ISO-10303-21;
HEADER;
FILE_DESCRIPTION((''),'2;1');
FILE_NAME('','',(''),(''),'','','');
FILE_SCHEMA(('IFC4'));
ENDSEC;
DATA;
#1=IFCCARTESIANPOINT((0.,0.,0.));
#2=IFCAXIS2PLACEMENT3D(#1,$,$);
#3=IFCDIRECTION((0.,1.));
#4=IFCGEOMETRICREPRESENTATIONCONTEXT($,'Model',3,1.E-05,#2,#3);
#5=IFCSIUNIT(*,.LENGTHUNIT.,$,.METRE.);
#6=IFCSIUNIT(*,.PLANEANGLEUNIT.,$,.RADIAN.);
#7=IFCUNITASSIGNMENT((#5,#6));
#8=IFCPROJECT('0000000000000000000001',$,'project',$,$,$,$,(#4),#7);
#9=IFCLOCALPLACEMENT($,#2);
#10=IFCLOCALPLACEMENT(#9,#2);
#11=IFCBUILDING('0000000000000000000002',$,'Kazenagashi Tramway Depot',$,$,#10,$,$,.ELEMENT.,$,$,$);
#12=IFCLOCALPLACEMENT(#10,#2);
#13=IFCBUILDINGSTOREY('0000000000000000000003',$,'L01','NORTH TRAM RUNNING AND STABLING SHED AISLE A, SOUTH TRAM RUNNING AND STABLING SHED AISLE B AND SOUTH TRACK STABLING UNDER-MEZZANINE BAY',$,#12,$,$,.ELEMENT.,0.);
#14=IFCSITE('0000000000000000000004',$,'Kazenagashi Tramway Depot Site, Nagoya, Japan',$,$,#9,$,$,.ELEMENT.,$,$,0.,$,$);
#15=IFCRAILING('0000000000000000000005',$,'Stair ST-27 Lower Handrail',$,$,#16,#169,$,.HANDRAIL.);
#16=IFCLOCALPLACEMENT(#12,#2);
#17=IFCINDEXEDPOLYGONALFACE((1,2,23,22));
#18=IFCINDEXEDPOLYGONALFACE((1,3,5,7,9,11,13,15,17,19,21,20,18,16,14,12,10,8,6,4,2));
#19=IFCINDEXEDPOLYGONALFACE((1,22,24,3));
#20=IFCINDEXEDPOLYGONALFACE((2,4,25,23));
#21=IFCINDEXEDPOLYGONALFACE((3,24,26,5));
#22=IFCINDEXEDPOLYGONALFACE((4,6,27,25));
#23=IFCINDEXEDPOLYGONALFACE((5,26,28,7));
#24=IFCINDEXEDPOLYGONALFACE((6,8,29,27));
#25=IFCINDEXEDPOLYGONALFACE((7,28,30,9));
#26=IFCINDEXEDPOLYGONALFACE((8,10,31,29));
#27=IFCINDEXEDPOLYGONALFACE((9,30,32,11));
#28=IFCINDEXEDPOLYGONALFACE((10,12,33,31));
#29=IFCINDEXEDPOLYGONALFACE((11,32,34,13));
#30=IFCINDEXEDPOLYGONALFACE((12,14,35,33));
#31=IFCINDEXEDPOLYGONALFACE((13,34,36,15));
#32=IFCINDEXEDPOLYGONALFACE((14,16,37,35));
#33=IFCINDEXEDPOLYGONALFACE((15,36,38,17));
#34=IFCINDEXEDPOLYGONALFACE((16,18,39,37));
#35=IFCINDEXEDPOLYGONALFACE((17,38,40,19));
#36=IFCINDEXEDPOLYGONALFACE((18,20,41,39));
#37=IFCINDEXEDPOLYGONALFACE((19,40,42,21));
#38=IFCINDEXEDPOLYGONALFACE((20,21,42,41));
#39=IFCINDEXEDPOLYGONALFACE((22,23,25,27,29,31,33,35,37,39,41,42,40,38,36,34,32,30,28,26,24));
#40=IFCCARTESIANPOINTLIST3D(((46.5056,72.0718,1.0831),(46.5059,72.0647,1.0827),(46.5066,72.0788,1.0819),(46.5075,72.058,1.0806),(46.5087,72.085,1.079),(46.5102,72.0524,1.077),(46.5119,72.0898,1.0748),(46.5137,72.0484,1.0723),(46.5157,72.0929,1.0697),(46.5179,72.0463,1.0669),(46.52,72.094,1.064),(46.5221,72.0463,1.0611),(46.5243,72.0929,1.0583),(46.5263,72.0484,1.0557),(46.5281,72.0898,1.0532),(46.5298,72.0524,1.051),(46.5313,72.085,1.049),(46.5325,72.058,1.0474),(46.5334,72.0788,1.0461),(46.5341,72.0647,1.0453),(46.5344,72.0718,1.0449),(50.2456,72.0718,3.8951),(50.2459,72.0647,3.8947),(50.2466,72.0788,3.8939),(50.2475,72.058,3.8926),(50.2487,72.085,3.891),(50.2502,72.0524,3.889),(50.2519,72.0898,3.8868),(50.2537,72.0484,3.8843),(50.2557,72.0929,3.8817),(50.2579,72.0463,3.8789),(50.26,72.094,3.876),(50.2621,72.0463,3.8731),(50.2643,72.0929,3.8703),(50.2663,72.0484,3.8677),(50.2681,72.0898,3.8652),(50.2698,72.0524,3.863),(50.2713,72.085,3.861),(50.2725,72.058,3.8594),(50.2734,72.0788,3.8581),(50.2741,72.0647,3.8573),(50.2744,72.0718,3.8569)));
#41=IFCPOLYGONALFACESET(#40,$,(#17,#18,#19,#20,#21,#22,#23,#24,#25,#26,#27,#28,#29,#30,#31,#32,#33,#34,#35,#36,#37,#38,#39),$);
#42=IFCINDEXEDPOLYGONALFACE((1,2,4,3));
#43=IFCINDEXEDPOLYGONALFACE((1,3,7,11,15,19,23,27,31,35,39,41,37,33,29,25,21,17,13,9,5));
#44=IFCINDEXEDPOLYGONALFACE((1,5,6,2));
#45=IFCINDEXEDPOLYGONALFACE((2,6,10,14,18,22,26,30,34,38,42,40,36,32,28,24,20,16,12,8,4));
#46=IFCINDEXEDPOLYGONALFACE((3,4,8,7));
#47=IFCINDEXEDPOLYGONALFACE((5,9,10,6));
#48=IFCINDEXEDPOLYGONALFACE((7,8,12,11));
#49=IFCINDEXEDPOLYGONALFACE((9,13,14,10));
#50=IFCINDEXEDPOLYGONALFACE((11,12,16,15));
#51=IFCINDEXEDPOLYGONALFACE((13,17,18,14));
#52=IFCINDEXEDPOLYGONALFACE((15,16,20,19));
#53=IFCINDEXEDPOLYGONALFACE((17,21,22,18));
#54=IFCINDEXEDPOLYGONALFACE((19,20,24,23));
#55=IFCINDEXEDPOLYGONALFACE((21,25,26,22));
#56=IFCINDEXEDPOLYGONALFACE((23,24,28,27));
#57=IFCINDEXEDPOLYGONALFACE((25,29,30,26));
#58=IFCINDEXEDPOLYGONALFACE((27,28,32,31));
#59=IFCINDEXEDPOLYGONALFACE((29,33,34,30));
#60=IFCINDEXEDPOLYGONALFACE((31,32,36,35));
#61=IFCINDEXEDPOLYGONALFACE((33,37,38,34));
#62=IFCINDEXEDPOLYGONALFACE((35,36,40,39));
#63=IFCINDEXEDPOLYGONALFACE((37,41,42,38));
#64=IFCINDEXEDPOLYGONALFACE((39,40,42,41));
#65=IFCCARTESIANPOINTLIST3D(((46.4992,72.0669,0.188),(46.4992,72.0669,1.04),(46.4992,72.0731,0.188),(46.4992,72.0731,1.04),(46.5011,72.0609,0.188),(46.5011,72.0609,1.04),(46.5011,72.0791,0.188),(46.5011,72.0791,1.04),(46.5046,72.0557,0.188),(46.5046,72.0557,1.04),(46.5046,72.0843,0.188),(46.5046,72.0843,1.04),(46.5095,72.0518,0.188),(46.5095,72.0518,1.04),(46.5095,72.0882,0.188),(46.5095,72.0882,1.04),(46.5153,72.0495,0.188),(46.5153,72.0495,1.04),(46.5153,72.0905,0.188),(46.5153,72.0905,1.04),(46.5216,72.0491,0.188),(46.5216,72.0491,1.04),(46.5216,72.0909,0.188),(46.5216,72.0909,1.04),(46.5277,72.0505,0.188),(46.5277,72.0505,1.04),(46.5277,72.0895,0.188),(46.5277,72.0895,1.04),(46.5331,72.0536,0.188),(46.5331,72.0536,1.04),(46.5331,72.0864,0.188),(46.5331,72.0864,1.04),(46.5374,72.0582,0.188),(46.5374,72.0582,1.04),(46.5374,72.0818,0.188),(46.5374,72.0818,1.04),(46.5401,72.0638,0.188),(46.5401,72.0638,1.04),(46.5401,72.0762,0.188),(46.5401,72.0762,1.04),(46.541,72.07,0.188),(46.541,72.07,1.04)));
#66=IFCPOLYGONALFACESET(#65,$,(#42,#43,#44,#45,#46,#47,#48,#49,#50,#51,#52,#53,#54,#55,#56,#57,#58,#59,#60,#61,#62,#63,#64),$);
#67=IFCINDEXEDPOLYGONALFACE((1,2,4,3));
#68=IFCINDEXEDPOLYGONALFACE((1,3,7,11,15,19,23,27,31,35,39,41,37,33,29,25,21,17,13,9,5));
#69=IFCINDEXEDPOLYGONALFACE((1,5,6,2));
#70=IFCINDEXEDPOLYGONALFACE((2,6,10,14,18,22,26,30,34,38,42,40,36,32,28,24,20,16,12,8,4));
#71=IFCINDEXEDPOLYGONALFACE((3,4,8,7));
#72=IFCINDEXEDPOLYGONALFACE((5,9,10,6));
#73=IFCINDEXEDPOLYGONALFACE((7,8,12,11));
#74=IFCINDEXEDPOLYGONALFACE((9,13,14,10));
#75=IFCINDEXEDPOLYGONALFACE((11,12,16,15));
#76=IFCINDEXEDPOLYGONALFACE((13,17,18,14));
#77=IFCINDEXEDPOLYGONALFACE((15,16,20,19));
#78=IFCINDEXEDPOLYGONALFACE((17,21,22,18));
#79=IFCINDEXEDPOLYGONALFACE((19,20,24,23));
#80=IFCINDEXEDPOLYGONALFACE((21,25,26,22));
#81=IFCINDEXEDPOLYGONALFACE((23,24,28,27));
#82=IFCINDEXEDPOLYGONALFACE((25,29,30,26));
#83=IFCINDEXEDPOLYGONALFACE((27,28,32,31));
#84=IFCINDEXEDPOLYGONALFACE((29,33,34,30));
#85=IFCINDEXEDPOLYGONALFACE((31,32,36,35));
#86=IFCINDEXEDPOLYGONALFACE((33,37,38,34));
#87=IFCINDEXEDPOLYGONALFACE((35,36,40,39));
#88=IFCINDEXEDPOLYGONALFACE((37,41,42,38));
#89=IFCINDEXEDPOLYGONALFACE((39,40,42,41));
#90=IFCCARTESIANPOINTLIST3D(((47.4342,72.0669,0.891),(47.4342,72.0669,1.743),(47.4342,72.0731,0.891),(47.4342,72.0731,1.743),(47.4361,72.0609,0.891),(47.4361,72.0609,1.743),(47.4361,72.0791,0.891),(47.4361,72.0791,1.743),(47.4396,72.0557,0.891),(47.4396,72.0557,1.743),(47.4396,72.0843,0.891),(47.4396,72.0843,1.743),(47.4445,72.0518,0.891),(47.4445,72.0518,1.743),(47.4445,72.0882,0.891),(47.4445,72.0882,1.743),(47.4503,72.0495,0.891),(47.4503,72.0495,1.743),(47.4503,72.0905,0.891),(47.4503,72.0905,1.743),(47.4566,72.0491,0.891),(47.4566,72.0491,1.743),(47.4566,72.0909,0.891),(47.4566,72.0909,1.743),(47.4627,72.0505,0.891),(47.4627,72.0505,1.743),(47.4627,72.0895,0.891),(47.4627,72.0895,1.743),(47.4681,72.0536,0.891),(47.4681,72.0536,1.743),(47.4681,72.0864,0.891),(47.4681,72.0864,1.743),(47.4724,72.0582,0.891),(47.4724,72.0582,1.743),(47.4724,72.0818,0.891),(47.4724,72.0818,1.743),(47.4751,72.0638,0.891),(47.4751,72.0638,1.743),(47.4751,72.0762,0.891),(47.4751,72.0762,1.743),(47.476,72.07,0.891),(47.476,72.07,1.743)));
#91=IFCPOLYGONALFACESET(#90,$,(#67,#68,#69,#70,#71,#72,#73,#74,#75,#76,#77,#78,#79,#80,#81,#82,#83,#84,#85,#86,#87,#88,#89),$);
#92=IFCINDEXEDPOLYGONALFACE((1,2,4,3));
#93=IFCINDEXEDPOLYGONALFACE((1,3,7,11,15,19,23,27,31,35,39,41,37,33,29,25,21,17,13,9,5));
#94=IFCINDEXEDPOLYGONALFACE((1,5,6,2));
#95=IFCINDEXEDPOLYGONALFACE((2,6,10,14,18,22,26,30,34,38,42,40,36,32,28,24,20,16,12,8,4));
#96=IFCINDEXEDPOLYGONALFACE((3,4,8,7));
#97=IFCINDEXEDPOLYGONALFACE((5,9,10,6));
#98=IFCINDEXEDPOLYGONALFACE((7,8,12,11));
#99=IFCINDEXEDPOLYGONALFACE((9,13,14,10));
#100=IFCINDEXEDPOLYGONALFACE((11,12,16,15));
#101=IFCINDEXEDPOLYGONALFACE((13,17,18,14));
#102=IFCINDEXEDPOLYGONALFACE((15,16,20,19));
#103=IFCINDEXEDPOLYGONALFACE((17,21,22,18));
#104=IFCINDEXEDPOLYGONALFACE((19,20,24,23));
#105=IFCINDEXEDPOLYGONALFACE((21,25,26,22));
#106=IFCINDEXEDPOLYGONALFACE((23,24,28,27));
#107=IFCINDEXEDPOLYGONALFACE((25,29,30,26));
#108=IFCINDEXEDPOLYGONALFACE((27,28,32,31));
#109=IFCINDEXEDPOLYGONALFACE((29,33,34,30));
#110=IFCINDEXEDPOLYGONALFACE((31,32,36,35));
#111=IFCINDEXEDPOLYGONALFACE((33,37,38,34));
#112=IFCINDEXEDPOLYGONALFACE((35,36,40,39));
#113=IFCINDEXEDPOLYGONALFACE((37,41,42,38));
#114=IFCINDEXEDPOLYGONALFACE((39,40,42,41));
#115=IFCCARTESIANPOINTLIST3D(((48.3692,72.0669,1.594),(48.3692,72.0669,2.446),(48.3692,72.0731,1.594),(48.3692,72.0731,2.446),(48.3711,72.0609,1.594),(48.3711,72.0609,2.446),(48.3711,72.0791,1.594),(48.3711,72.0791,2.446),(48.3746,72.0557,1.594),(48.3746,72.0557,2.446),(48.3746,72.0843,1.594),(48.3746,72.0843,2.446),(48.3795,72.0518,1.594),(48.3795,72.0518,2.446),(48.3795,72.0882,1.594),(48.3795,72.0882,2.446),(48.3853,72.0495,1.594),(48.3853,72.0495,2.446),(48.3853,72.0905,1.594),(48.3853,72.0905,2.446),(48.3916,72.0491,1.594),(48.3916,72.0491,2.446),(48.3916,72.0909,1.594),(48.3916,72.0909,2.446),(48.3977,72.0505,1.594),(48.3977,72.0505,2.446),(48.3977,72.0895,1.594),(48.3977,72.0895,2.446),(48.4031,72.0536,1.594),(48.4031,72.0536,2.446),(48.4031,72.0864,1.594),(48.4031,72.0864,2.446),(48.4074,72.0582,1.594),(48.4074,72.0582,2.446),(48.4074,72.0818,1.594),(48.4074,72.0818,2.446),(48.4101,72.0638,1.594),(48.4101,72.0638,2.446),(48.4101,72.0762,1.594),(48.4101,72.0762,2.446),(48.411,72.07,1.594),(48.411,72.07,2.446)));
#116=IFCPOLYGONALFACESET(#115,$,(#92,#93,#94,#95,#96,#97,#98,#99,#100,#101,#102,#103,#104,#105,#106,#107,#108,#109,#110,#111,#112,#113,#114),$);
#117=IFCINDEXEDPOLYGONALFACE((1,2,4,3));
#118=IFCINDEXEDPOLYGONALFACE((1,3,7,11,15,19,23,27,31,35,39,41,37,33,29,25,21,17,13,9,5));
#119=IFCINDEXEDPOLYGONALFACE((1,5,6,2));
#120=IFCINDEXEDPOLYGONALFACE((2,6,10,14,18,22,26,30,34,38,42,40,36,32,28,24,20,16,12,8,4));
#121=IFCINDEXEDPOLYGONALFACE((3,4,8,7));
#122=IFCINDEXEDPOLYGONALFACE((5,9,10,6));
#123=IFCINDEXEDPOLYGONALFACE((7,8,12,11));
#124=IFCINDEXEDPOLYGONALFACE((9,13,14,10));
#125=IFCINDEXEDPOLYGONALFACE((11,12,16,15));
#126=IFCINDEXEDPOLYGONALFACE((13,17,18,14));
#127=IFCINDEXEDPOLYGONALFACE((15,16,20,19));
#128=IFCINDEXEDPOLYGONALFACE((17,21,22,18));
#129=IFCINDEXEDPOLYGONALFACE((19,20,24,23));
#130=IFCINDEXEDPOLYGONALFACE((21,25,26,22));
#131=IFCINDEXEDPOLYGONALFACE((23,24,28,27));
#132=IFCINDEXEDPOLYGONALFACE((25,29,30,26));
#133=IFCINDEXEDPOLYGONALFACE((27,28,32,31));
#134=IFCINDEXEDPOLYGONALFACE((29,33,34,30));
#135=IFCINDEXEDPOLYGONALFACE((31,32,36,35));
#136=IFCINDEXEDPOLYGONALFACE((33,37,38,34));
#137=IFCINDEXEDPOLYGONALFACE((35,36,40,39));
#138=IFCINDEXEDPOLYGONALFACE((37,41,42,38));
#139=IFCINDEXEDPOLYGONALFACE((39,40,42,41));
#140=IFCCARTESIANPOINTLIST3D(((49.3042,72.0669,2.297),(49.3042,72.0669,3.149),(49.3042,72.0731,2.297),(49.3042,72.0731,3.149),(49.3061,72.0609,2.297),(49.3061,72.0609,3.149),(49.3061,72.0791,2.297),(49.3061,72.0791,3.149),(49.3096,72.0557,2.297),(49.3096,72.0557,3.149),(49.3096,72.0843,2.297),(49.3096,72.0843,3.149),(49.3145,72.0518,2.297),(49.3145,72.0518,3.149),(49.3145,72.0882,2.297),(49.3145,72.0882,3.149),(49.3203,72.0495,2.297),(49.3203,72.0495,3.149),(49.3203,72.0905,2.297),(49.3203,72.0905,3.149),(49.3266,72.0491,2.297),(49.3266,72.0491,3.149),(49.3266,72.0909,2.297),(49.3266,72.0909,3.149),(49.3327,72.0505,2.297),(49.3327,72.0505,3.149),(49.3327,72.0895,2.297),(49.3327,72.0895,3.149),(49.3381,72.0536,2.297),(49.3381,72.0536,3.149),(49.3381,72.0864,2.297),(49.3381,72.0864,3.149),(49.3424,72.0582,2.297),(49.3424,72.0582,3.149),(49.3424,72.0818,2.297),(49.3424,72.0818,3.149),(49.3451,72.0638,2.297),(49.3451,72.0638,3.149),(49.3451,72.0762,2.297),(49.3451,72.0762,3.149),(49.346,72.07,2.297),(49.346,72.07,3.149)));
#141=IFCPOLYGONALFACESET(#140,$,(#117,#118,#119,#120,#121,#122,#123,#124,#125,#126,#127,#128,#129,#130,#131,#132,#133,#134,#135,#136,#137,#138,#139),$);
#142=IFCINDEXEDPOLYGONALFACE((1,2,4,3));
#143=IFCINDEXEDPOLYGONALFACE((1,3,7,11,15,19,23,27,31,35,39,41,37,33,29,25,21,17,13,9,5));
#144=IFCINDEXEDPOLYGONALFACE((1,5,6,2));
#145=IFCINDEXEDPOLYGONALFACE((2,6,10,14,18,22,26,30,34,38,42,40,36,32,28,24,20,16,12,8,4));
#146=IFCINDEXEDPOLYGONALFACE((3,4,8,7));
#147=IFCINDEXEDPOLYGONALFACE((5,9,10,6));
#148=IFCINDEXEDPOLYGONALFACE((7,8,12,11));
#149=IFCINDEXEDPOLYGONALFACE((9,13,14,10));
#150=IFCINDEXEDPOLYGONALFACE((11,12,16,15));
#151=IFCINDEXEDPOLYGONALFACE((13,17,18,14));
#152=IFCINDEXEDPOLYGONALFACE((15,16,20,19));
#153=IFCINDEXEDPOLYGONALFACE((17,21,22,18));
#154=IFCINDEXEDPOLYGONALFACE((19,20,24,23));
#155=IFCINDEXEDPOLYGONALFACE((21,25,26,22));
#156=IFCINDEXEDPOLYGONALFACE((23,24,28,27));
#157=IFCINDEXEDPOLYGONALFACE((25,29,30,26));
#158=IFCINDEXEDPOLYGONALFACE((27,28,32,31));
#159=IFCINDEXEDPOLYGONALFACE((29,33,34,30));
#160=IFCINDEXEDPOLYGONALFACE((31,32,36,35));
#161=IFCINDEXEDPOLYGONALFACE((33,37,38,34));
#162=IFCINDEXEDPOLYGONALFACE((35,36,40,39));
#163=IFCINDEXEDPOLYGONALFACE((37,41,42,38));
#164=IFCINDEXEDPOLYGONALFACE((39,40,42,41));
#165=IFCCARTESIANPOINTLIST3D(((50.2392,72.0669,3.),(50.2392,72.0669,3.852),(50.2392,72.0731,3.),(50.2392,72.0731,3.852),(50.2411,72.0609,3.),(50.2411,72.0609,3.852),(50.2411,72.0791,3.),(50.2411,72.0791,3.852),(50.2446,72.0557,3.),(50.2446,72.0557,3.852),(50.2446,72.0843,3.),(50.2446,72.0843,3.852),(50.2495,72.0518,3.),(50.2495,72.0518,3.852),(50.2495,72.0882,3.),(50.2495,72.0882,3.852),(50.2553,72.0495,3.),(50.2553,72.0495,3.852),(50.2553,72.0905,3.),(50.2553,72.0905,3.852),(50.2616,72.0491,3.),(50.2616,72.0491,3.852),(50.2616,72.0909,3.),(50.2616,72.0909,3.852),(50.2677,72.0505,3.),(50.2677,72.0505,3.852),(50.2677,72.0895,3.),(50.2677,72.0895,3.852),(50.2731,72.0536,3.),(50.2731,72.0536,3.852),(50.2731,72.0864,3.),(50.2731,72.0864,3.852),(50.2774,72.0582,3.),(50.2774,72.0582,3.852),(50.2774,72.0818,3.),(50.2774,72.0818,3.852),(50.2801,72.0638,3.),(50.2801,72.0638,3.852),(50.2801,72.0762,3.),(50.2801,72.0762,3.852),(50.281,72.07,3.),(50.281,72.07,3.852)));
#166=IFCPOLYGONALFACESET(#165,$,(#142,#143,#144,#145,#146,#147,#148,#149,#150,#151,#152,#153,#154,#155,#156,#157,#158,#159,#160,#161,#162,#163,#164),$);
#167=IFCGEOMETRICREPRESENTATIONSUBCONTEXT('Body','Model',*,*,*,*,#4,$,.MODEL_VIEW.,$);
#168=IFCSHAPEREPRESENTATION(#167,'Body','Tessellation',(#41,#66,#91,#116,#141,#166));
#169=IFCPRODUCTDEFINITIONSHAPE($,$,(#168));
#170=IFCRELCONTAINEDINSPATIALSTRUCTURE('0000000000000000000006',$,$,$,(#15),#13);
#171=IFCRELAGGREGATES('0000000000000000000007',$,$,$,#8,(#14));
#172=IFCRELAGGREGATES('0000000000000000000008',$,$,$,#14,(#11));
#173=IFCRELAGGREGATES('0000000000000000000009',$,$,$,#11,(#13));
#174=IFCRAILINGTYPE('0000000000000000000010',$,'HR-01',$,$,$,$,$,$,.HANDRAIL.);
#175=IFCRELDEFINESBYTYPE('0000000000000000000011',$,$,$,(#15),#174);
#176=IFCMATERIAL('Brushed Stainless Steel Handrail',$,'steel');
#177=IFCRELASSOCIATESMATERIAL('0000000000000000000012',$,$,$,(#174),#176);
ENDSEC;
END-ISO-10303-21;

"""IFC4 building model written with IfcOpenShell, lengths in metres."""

from ifc_helpers import new_model, si_unit, direction, frame, origin, origin_2d, place, context, subcontext, project, spatial, circle, extrude, material, type_object, element, save


model = new_model("IFC4")

# Units and contexts
model_context = context("Model", 3, precision=1e-05, world=origin(), true_north=direction((0.0, 1.0)))
body_context = subcontext(model_context, "Body", "Model", "MODEL_VIEW")
ifc_project = project(units=[si_unit("LENGTHUNIT", "METRE"), si_unit("PLANEANGLEUNIT", "RADIAN")], contexts=[model_context])

# Site, building, storey
site_placement = place(None, origin())
site = spatial("IfcSite", under=ifc_project, at=site_placement, Name="Kazenagashi Tramway Depot Site, Nagoya, Japan", CompositionType="ELEMENT", RefElevation=0.0)
building_placement = place(site_placement, origin())
building = spatial("IfcBuilding", under=site, at=building_placement, Name="Kazenagashi Tramway Depot", CompositionType="ELEMENT")
storey_placement = place(building_placement, origin())
storey = spatial("IfcBuildingStorey", under=building, at=storey_placement, Name="L01", Description="NORTH TRAM RUNNING AND STABLING SHED AISLE A, SOUTH TRAM RUNNING AND STABLING SHED AISLE B AND SOUTH TRACK STABLING UNDER-MEZZANINE BAY", CompositionType="ELEMENT", Elevation=0.0)

# Railing
ifc_material_1 = material(Name="Brushed Stainless Steel Handrail", Category="steel")
railing_type = type_object("IfcRailingType", Name="HR-01", PredefinedType="HANDRAIL", material=ifc_material_1)
railing_1_placement = place(storey_placement, frame((46.52, 72.07, 0.188)))
element("IfcRailing", 1, at=railing_1_placement, inside=storey, type_object=railing_type, Name="Stair ST-27 Lower Handrail", PredefinedType="HANDRAIL", context=body_context, shape_type="SweptSolid", body=[
    extrude(circle(Radius=0.024, at=origin_2d()), frame((0.0, 0.0, 0.876), z_axis=(0.799281, 0.0, 0.600957), x_axis=(0.0, 1.0, 0.0)), (0.0, 0.0, 1.0), 4.6792),
    extrude(circle(Radius=0.021, at=origin_2d()), origin(), (0.0, 0.0, 1.0), 0.852),
    extrude(circle(Radius=0.021, at=origin_2d()), frame((0.935, 0.0, 0.703)), (0.0, 0.0, 1.0), 0.852),
    extrude(circle(Radius=0.021, at=origin_2d()), frame((1.87, 0.0, 1.406)), (0.0, 0.0, 1.0), 0.852),
    extrude(circle(Radius=0.021, at=origin_2d()), frame((2.805, 0.0, 2.109)), (0.0, 0.0, 1.0), 0.852),
    extrude(circle(Radius=0.021, at=origin_2d()), frame((3.74, 0.0, 2.812)), (0.0, 0.0, 1.0), 0.852),
])

save(model, "model.ifc")
